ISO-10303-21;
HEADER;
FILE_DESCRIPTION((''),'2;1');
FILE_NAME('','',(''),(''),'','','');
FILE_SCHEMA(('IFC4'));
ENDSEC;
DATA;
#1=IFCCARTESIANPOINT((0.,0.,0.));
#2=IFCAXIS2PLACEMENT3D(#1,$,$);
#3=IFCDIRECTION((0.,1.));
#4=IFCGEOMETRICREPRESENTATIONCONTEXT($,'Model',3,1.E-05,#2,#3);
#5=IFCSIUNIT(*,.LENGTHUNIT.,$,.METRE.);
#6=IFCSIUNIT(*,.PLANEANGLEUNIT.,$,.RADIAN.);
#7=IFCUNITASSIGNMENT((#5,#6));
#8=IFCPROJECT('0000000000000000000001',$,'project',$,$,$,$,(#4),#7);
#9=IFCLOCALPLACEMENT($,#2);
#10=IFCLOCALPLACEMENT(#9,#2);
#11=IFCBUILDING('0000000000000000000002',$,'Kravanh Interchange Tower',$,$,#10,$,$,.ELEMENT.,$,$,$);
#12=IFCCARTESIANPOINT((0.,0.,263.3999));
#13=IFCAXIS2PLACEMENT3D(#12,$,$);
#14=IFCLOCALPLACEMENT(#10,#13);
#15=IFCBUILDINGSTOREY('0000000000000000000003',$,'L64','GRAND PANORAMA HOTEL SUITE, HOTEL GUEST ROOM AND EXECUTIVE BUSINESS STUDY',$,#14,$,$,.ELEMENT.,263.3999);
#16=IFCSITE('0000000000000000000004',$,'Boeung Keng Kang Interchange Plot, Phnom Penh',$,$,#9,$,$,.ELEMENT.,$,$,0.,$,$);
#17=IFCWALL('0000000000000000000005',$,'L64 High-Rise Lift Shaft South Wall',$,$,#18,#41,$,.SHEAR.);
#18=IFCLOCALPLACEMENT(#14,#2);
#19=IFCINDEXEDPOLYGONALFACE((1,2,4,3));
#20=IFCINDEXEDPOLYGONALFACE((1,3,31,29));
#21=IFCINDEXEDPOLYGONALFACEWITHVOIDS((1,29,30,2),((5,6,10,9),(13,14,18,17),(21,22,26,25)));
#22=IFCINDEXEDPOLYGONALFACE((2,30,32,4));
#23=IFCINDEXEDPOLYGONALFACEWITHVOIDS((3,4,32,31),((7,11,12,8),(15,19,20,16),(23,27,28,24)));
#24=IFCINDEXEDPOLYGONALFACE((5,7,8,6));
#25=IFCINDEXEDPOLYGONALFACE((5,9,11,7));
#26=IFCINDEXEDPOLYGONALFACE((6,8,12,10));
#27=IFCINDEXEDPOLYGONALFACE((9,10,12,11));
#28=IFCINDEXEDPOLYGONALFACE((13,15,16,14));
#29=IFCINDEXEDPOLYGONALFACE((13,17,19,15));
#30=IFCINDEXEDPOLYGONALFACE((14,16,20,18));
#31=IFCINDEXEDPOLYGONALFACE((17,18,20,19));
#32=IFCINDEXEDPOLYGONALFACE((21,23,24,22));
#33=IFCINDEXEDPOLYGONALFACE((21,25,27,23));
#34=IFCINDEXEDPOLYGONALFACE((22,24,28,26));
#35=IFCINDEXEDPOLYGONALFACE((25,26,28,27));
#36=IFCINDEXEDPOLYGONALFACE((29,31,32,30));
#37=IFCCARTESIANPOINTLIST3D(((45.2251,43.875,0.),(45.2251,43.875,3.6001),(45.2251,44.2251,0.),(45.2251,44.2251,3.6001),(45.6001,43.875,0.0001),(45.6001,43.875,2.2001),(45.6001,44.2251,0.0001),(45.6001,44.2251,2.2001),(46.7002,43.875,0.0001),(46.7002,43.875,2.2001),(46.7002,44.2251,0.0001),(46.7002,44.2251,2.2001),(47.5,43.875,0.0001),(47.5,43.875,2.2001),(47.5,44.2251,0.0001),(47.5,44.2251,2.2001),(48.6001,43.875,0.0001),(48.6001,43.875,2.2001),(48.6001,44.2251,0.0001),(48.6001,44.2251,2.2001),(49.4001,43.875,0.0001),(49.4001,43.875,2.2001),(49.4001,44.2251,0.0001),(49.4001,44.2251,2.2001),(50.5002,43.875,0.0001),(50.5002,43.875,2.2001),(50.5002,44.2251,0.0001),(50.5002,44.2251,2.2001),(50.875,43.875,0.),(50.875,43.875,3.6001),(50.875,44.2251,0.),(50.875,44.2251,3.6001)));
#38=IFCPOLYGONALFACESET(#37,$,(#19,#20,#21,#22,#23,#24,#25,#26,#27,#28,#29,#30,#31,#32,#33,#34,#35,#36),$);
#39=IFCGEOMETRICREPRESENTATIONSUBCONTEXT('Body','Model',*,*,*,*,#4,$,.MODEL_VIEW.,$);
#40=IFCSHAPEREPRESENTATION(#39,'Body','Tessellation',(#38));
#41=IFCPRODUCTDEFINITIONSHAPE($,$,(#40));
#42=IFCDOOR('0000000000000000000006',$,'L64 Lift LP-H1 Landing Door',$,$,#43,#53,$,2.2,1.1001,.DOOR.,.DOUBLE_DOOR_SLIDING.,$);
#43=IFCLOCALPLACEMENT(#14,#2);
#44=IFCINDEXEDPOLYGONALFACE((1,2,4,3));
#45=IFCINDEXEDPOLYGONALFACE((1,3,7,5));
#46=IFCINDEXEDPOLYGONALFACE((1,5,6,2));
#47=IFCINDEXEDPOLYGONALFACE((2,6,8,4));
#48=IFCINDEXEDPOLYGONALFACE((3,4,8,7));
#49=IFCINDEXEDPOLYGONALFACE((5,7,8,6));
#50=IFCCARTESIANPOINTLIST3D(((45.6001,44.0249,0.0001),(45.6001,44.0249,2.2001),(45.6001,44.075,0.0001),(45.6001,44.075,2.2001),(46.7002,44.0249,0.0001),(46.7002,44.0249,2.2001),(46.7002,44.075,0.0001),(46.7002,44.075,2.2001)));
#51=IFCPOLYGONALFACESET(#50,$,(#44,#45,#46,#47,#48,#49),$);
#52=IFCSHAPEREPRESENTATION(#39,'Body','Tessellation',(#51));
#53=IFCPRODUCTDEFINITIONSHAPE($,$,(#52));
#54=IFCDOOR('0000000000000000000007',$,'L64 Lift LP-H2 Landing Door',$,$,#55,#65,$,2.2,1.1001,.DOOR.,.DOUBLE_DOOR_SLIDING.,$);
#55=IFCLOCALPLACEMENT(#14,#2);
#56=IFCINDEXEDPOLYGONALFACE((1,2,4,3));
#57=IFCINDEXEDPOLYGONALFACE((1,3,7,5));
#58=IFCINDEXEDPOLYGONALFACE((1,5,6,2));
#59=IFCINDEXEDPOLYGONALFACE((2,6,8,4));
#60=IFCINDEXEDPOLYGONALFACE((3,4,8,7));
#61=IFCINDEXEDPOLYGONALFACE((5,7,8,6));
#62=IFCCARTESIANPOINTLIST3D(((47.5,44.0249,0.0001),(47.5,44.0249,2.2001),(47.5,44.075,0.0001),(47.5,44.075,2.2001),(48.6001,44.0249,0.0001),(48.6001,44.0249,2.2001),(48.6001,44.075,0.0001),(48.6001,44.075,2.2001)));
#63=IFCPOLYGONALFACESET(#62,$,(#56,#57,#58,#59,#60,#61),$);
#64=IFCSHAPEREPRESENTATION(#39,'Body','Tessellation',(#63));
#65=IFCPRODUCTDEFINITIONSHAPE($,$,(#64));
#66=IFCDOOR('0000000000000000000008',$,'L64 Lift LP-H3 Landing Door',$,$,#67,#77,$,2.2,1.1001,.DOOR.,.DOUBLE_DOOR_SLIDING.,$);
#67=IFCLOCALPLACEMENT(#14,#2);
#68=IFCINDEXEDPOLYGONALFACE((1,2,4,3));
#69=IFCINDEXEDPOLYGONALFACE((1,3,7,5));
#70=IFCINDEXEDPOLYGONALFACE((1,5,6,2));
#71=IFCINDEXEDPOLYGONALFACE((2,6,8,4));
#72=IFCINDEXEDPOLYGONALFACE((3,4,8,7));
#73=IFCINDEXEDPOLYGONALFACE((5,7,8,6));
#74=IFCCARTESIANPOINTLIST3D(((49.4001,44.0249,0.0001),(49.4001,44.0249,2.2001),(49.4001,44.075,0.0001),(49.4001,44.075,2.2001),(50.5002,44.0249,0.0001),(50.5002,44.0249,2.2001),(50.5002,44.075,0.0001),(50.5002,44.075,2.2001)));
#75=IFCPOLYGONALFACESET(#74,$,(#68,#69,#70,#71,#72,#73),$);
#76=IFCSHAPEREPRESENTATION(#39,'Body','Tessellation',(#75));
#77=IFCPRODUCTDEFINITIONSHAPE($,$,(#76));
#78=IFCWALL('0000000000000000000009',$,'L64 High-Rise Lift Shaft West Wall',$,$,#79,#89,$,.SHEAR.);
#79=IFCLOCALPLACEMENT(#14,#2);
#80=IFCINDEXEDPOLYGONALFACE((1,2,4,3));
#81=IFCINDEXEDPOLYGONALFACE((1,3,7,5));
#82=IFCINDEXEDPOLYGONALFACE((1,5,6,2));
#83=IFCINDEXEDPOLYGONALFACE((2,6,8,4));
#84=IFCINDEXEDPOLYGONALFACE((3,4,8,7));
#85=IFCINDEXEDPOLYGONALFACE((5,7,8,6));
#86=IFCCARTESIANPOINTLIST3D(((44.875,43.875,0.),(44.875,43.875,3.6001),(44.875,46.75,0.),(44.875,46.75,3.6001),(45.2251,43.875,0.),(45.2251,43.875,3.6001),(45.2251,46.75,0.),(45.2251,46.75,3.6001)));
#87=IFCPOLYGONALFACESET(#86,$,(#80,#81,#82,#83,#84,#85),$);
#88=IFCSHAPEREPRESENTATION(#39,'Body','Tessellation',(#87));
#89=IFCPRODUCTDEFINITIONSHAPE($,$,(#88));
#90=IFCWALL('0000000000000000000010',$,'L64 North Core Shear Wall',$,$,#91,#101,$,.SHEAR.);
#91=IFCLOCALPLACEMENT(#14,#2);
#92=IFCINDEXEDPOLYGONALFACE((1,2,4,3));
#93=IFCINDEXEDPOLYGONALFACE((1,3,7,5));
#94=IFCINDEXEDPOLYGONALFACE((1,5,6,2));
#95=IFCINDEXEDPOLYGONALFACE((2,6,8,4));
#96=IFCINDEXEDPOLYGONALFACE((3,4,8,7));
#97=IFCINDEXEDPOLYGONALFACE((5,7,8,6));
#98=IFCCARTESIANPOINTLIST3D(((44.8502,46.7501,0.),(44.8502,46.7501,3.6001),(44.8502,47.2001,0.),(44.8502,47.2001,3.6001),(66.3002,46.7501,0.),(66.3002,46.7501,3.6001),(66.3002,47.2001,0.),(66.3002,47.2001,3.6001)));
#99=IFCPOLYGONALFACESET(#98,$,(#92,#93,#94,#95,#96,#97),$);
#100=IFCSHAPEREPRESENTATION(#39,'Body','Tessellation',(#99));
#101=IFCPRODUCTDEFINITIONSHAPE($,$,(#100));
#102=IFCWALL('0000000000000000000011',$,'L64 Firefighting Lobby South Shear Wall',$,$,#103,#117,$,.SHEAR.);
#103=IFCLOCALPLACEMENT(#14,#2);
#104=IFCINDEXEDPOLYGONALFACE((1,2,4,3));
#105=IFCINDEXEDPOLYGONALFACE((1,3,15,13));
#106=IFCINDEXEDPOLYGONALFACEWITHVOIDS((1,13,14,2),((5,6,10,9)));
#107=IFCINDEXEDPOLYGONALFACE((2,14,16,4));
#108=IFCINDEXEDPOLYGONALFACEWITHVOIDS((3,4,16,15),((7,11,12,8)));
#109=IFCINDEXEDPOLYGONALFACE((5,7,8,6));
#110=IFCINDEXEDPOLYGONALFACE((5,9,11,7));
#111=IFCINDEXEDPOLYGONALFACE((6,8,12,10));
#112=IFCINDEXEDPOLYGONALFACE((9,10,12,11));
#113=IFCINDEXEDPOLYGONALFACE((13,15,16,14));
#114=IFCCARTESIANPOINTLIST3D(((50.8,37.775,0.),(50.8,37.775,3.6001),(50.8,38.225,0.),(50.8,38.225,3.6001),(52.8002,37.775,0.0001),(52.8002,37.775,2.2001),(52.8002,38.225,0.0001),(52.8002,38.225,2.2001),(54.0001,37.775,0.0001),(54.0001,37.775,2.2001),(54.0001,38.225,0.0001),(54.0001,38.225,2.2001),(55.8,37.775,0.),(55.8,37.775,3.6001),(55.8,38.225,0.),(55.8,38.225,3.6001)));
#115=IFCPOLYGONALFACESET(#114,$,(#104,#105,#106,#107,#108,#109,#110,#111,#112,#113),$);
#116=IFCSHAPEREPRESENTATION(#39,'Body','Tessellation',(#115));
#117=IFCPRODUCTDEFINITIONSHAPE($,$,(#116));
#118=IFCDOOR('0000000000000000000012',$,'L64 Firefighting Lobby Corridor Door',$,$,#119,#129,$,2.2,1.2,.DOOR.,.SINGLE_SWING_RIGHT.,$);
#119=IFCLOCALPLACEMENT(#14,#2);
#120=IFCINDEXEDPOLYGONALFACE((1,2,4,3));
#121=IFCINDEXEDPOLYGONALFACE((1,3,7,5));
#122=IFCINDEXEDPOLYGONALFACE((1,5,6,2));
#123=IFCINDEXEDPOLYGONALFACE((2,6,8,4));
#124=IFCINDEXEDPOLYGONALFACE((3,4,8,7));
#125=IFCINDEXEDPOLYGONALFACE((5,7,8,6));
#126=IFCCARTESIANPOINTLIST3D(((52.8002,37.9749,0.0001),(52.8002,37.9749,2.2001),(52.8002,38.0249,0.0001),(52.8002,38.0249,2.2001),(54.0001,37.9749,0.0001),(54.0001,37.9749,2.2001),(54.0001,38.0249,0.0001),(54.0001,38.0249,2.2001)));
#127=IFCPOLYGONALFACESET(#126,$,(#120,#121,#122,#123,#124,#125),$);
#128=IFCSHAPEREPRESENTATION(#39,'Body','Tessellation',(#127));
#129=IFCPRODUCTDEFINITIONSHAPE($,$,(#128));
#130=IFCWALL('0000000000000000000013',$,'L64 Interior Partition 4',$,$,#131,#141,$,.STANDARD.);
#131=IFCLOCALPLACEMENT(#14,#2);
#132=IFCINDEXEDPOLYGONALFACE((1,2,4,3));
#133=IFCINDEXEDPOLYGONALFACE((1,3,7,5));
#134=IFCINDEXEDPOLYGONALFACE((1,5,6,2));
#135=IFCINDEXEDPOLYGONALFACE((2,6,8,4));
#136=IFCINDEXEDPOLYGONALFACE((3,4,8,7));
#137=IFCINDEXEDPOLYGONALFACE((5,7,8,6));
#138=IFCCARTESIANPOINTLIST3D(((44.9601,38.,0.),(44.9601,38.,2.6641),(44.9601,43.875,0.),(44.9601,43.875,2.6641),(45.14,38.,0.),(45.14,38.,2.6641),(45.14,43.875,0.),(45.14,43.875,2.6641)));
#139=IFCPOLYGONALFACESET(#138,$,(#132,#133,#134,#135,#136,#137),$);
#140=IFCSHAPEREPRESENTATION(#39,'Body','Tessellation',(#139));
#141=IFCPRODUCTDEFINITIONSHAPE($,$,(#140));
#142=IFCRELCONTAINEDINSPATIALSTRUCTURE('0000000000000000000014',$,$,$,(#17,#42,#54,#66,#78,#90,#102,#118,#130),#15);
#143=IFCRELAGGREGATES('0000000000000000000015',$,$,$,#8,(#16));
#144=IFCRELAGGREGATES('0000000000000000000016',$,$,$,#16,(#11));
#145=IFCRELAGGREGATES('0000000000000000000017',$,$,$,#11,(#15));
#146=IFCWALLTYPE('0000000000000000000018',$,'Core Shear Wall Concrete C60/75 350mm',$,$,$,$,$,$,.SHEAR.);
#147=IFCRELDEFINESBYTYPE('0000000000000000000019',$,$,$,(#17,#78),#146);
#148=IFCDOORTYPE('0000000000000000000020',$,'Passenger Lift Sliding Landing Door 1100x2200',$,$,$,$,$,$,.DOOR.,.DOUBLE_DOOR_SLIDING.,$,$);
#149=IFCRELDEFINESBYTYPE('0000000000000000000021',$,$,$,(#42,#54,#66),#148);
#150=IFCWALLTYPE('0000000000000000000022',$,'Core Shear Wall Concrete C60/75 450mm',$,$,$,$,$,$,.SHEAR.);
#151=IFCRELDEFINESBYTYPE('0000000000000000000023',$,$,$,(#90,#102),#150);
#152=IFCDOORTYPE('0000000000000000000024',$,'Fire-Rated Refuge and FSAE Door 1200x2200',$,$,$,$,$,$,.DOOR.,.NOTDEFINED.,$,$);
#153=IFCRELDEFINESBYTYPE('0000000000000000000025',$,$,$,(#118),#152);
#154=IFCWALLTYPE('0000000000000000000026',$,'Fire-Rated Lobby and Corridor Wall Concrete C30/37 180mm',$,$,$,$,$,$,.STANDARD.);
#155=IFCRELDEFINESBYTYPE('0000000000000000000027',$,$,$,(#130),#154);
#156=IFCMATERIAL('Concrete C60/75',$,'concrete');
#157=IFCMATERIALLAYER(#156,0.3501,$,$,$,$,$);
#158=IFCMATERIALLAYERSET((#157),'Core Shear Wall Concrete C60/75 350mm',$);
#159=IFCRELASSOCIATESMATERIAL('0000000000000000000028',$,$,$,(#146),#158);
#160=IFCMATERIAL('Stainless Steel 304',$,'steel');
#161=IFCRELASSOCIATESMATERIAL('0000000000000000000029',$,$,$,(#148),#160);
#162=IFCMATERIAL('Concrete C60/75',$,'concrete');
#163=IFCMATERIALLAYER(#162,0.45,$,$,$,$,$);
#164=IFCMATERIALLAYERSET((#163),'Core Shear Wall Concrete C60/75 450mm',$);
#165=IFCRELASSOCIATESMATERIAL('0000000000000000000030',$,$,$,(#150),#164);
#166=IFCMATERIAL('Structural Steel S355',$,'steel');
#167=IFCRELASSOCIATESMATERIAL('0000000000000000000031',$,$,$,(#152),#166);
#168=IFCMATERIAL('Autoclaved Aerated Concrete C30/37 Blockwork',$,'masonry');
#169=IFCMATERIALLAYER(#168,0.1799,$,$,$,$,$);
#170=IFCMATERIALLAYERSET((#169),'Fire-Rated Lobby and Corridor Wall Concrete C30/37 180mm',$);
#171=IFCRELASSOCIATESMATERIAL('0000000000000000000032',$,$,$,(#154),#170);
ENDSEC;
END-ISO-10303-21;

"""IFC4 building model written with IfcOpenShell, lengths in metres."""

from ifc_helpers import new_model, si_unit, direction, frame, frame_2d, origin, place, context, subcontext, project, spatial, rectangle, extrude, material, layer, layer_set, type_object, element, fill, save


model = new_model("IFC4")

# Units and contexts
model_context = context("Model", 3, precision=1e-05, world=origin(), true_north=direction((0.0, 1.0)))
body_context = subcontext(model_context, "Body", "Model", "MODEL_VIEW")
ifc_project = project(units=[si_unit("LENGTHUNIT", "METRE"), si_unit("PLANEANGLEUNIT", "RADIAN")], contexts=[model_context])

# Site, building, storey
site_placement = place(None, origin())
site = spatial("IfcSite", under=ifc_project, at=site_placement, Name="Boeung Keng Kang Interchange Plot, Phnom Penh", CompositionType="ELEMENT", RefElevation=0.0)
building_placement = place(site_placement, origin())
building = spatial("IfcBuilding", under=site, at=building_placement, Name="Kravanh Interchange Tower", CompositionType="ELEMENT")
storey_placement = place(building_placement, frame((0.0, 0.0, 263.3999)))
storey = spatial("IfcBuildingStorey", under=building, at=storey_placement, Name="L64", Description="GRAND PANORAMA HOTEL SUITE, HOTEL GUEST ROOM AND EXECUTIVE BUSINESS STUDY", CompositionType="ELEMENT", Elevation=263.3999)

# Wall, openings, doors
ifc_material_1 = material(Name="Concrete C60/75", Category="concrete")
ifc_layer_1 = layer(ifc_material_1, 0.3501)
ifc_layer_set_1 = layer_set([ifc_layer_1], Name="Core Shear Wall Concrete C60/75 350mm")
wall_type_1 = type_object("IfcWallType", Name="Core Shear Wall Concrete C60/75 350mm", PredefinedType="SHEAR", material=ifc_layer_set_1)
wall_1_placement = place(storey_placement, frame((45.2251, 44.05, 0.0), z_axis=(0.0, 0.0, 1.0), x_axis=(1.0, 0.0, 0.0)))
wall_1 = element("IfcWall", 1, at=wall_1_placement, inside=storey, type_object=wall_type_1, Name="L64 High-Rise Lift Shaft South Wall", PredefinedType="SHEAR", context=body_context, shape_type="SweptSolid", body=[
    extrude(rectangle(XDim=5.6499, YDim=0.3501, at=frame_2d((2.825, 0.0))), origin(), (0.0, 0.0, 1.0), 3.6001),
])
opening_1_placement = place(wall_1_placement, frame((0.375, 0.0, 0.0)))
opening_1 = element("IfcOpeningElement", 2, at=opening_1_placement, cuts=wall_1, PredefinedType="OPENING", context=body_context, shape_type="SweptSolid", body=[
    extrude(rectangle(XDim=1.1001, YDim=2.2, at=frame_2d((0.55, 1.1001))), frame((0.0, 0.1851, 0.0), z_axis=(0.0, -1.0, 0.0), x_axis=(1.0, 0.0, 0.0)), (0.0, 0.0, 1.0), 0.3701),
])
opening_2_placement = place(wall_1_placement, frame((2.2749, 0.0, 0.0)))
opening_2 = element("IfcOpeningElement", 3, at=opening_2_placement, cuts=wall_1, PredefinedType="OPENING", context=body_context, shape_type="SweptSolid", body=[
    extrude(rectangle(XDim=1.1001, YDim=2.2, at=frame_2d((0.55, 1.1001))), frame((0.0, 0.1851, 0.0), z_axis=(0.0, -1.0, 0.0), x_axis=(1.0, 0.0, 0.0)), (0.0, 0.0, 1.0), 0.3701),
])
opening_3_placement = place(wall_1_placement, frame((4.175, 0.0, 0.0)))
opening_3 = element("IfcOpeningElement", 4, at=opening_3_placement, cuts=wall_1, PredefinedType="OPENING", context=body_context, shape_type="SweptSolid", body=[
    extrude(rectangle(XDim=1.1001, YDim=2.2, at=frame_2d((0.55, 1.1001))), frame((0.0, 0.1851, 0.0), z_axis=(0.0, -1.0, 0.0), x_axis=(1.0, 0.0, 0.0)), (0.0, 0.0, 1.0), 0.3701),
])
ifc_material_2 = material(Name="Stainless Steel 304", Category="steel")
door_type_1 = type_object("IfcDoorType", Name="Passenger Lift Sliding Landing Door 1100x2200", OperationType="DOUBLE_DOOR_SLIDING", PredefinedType="DOOR", material=ifc_material_2)
door_1_placement = place(opening_1_placement, origin())
door_1 = element("IfcDoor", 5, at=door_1_placement, inside=storey, type_object=door_type_1, Name="L64 Lift LP-H1 Landing Door", OperationType="DOUBLE_DOOR_SLIDING", OverallHeight=2.2, OverallWidth=1.1001, PredefinedType="DOOR", context=body_context, shape_type="SweptSolid", body=[
    extrude(rectangle(XDim=1.1001, YDim=2.2, at=frame_2d((0.55, 1.1001))), frame((0.0, 0.0249, 0.0), z_axis=(0.0, -1.0, 0.0), x_axis=(1.0, 0.0, 0.0)), (0.0, 0.0, 1.0), 0.05),
])
fill(opening_1, door_1)
door_2_placement = place(opening_2_placement, origin())
door_2 = element("IfcDoor", 6, at=door_2_placement, inside=storey, type_object=door_type_1, Name="L64 Lift LP-H2 Landing Door", OperationType="DOUBLE_DOOR_SLIDING", OverallHeight=2.2, OverallWidth=1.1001, PredefinedType="DOOR", context=body_context, shape_type="SweptSolid", body=[
    extrude(rectangle(XDim=1.1001, YDim=2.2, at=frame_2d((0.55, 1.1001))), frame((0.0, 0.0249, 0.0), z_axis=(0.0, -1.0, 0.0), x_axis=(1.0, 0.0, 0.0)), (0.0, 0.0, 1.0), 0.05),
])
fill(opening_2, door_2)
door_3_placement = place(opening_3_placement, origin())
door_3 = element("IfcDoor", 7, at=door_3_placement, inside=storey, type_object=door_type_1, Name="L64 Lift LP-H3 Landing Door", OperationType="DOUBLE_DOOR_SLIDING", OverallHeight=2.2, OverallWidth=1.1001, PredefinedType="DOOR", context=body_context, shape_type="SweptSolid", body=[
    extrude(rectangle(XDim=1.1001, YDim=2.2, at=frame_2d((0.55, 1.1001))), frame((0.0, 0.0249, 0.0), z_axis=(0.0, -1.0, 0.0), x_axis=(1.0, 0.0, 0.0)), (0.0, 0.0, 1.0), 0.05),
])
fill(opening_3, door_3)

# Walls
wall_2_placement = place(storey_placement, frame((45.05, 43.875, 0.0), z_axis=(0.0, 0.0, 1.0), x_axis=(0.0, 1.0, 0.0)))
element("IfcWall", 8, at=wall_2_placement, inside=storey, type_object=wall_type_1, Name="L64 High-Rise Lift Shaft West Wall", PredefinedType="SHEAR", context=body_context, shape_type="SweptSolid", body=[
    extrude(rectangle(XDim=2.875, YDim=0.3501, at=frame_2d((1.4375, 0.0))), origin(), (0.0, 0.0, 1.0), 3.6001),
])
ifc_material_3 = material(Name="Concrete C60/75", Category="concrete")
ifc_layer_2 = layer(ifc_material_3, 0.45)
ifc_layer_set_2 = layer_set([ifc_layer_2], Name="Core Shear Wall Concrete C60/75 450mm")
wall_type_2 = type_object("IfcWallType", Name="Core Shear Wall Concrete C60/75 450mm", PredefinedType="SHEAR", material=ifc_layer_set_2)
wall_3_placement = place(storey_placement, frame((44.8501, 46.9751, 0.0), z_axis=(0.0, 0.0, 1.0), x_axis=(1.0, 0.0, 0.0)))
element("IfcWall", 9, at=wall_3_placement, inside=storey, type_object=wall_type_2, Name="L64 North Core Shear Wall", PredefinedType="SHEAR", context=body_context, shape_type="SweptSolid", body=[
    extrude(rectangle(XDim=21.45, YDim=0.45, at=frame_2d((10.7251, 0.0))), origin(), (0.0, 0.0, 1.0), 3.6001),
])

# Wall, opening, door
wall_4_placement = place(storey_placement, frame((50.8, 38.0, 0.0), z_axis=(0.0, 0.0, 1.0), x_axis=(1.0, 0.0, 0.0)))
wall_4 = element("IfcWall", 10, at=wall_4_placement, inside=storey, type_object=wall_type_2, Name="L64 Firefighting Lobby South Shear Wall", PredefinedType="SHEAR", context=body_context, shape_type="SweptSolid", body=[
    extrude(rectangle(XDim=5.0, YDim=0.45, at=frame_2d((2.5, 0.0))), origin(), (0.0, 0.0, 1.0), 3.6001),
])
opening_4_placement = place(wall_4_placement, frame((2.0, 0.0, 0.0)))
opening_4 = element("IfcOpeningElement", 11, at=opening_4_placement, cuts=wall_4, PredefinedType="OPENING", context=body_context, shape_type="SweptSolid", body=[
    extrude(rectangle(XDim=1.2, YDim=2.2, at=frame_2d((0.6001, 1.1001))), frame((0.0, 0.2349, 0.0), z_axis=(0.0, -1.0, 0.0), x_axis=(1.0, 0.0, 0.0)), (0.0, 0.0, 1.0), 0.47),
])
ifc_material_4 = material(Name="Structural Steel S355", Category="steel")
door_type_2 = type_object("IfcDoorType", Name="Fire-Rated Refuge and FSAE Door 1200x2200", OperationType="NOTDEFINED", PredefinedType="DOOR", material=ifc_material_4)
door_4_placement = place(opening_4_placement, origin())
door_4 = element("IfcDoor", 12, at=door_4_placement, inside=storey, type_object=door_type_2, Name="L64 Firefighting Lobby Corridor Door", OperationType="SINGLE_SWING_RIGHT", OverallHeight=2.2, OverallWidth=1.2, PredefinedType="DOOR", context=body_context, shape_type="SweptSolid", body=[
    extrude(rectangle(XDim=1.2, YDim=2.2, at=frame_2d((0.6001, 1.1001))), frame((0.0, 0.0249, 0.0), z_axis=(0.0, -1.0, 0.0), x_axis=(1.0, 0.0, 0.0)), (0.0, 0.0, 1.0), 0.05),
])
fill(opening_4, door_4)

# Wall
ifc_material_5 = material(Name="Autoclaved Aerated Concrete C30/37 Blockwork", Category="masonry")
ifc_layer_3 = layer(ifc_material_5, 0.1799)
ifc_layer_set_3 = layer_set([ifc_layer_3], Name="Fire-Rated Lobby and Corridor Wall Concrete C30/37 180mm")
wall_type_3 = type_object("IfcWallType", Name="Fire-Rated Lobby and Corridor Wall Concrete C30/37 180mm", PredefinedType="STANDARD", material=ifc_layer_set_3)
wall_5_placement = place(storey_placement, frame((45.05, 38.0, 0.0), z_axis=(0.0, 0.0, 1.0), x_axis=(0.0, 1.0, 0.0)))
element("IfcWall", 13, at=wall_5_placement, inside=storey, type_object=wall_type_3, Name="L64 Interior Partition 4", PredefinedType="STANDARD", context=body_context, shape_type="SweptSolid", body=[
    extrude(rectangle(XDim=5.875, YDim=0.1799, at=frame_2d((2.9375, 0.0))), origin(), (0.0, 0.0, 1.0), 2.6641),
])

save(model, "model.ifc")
